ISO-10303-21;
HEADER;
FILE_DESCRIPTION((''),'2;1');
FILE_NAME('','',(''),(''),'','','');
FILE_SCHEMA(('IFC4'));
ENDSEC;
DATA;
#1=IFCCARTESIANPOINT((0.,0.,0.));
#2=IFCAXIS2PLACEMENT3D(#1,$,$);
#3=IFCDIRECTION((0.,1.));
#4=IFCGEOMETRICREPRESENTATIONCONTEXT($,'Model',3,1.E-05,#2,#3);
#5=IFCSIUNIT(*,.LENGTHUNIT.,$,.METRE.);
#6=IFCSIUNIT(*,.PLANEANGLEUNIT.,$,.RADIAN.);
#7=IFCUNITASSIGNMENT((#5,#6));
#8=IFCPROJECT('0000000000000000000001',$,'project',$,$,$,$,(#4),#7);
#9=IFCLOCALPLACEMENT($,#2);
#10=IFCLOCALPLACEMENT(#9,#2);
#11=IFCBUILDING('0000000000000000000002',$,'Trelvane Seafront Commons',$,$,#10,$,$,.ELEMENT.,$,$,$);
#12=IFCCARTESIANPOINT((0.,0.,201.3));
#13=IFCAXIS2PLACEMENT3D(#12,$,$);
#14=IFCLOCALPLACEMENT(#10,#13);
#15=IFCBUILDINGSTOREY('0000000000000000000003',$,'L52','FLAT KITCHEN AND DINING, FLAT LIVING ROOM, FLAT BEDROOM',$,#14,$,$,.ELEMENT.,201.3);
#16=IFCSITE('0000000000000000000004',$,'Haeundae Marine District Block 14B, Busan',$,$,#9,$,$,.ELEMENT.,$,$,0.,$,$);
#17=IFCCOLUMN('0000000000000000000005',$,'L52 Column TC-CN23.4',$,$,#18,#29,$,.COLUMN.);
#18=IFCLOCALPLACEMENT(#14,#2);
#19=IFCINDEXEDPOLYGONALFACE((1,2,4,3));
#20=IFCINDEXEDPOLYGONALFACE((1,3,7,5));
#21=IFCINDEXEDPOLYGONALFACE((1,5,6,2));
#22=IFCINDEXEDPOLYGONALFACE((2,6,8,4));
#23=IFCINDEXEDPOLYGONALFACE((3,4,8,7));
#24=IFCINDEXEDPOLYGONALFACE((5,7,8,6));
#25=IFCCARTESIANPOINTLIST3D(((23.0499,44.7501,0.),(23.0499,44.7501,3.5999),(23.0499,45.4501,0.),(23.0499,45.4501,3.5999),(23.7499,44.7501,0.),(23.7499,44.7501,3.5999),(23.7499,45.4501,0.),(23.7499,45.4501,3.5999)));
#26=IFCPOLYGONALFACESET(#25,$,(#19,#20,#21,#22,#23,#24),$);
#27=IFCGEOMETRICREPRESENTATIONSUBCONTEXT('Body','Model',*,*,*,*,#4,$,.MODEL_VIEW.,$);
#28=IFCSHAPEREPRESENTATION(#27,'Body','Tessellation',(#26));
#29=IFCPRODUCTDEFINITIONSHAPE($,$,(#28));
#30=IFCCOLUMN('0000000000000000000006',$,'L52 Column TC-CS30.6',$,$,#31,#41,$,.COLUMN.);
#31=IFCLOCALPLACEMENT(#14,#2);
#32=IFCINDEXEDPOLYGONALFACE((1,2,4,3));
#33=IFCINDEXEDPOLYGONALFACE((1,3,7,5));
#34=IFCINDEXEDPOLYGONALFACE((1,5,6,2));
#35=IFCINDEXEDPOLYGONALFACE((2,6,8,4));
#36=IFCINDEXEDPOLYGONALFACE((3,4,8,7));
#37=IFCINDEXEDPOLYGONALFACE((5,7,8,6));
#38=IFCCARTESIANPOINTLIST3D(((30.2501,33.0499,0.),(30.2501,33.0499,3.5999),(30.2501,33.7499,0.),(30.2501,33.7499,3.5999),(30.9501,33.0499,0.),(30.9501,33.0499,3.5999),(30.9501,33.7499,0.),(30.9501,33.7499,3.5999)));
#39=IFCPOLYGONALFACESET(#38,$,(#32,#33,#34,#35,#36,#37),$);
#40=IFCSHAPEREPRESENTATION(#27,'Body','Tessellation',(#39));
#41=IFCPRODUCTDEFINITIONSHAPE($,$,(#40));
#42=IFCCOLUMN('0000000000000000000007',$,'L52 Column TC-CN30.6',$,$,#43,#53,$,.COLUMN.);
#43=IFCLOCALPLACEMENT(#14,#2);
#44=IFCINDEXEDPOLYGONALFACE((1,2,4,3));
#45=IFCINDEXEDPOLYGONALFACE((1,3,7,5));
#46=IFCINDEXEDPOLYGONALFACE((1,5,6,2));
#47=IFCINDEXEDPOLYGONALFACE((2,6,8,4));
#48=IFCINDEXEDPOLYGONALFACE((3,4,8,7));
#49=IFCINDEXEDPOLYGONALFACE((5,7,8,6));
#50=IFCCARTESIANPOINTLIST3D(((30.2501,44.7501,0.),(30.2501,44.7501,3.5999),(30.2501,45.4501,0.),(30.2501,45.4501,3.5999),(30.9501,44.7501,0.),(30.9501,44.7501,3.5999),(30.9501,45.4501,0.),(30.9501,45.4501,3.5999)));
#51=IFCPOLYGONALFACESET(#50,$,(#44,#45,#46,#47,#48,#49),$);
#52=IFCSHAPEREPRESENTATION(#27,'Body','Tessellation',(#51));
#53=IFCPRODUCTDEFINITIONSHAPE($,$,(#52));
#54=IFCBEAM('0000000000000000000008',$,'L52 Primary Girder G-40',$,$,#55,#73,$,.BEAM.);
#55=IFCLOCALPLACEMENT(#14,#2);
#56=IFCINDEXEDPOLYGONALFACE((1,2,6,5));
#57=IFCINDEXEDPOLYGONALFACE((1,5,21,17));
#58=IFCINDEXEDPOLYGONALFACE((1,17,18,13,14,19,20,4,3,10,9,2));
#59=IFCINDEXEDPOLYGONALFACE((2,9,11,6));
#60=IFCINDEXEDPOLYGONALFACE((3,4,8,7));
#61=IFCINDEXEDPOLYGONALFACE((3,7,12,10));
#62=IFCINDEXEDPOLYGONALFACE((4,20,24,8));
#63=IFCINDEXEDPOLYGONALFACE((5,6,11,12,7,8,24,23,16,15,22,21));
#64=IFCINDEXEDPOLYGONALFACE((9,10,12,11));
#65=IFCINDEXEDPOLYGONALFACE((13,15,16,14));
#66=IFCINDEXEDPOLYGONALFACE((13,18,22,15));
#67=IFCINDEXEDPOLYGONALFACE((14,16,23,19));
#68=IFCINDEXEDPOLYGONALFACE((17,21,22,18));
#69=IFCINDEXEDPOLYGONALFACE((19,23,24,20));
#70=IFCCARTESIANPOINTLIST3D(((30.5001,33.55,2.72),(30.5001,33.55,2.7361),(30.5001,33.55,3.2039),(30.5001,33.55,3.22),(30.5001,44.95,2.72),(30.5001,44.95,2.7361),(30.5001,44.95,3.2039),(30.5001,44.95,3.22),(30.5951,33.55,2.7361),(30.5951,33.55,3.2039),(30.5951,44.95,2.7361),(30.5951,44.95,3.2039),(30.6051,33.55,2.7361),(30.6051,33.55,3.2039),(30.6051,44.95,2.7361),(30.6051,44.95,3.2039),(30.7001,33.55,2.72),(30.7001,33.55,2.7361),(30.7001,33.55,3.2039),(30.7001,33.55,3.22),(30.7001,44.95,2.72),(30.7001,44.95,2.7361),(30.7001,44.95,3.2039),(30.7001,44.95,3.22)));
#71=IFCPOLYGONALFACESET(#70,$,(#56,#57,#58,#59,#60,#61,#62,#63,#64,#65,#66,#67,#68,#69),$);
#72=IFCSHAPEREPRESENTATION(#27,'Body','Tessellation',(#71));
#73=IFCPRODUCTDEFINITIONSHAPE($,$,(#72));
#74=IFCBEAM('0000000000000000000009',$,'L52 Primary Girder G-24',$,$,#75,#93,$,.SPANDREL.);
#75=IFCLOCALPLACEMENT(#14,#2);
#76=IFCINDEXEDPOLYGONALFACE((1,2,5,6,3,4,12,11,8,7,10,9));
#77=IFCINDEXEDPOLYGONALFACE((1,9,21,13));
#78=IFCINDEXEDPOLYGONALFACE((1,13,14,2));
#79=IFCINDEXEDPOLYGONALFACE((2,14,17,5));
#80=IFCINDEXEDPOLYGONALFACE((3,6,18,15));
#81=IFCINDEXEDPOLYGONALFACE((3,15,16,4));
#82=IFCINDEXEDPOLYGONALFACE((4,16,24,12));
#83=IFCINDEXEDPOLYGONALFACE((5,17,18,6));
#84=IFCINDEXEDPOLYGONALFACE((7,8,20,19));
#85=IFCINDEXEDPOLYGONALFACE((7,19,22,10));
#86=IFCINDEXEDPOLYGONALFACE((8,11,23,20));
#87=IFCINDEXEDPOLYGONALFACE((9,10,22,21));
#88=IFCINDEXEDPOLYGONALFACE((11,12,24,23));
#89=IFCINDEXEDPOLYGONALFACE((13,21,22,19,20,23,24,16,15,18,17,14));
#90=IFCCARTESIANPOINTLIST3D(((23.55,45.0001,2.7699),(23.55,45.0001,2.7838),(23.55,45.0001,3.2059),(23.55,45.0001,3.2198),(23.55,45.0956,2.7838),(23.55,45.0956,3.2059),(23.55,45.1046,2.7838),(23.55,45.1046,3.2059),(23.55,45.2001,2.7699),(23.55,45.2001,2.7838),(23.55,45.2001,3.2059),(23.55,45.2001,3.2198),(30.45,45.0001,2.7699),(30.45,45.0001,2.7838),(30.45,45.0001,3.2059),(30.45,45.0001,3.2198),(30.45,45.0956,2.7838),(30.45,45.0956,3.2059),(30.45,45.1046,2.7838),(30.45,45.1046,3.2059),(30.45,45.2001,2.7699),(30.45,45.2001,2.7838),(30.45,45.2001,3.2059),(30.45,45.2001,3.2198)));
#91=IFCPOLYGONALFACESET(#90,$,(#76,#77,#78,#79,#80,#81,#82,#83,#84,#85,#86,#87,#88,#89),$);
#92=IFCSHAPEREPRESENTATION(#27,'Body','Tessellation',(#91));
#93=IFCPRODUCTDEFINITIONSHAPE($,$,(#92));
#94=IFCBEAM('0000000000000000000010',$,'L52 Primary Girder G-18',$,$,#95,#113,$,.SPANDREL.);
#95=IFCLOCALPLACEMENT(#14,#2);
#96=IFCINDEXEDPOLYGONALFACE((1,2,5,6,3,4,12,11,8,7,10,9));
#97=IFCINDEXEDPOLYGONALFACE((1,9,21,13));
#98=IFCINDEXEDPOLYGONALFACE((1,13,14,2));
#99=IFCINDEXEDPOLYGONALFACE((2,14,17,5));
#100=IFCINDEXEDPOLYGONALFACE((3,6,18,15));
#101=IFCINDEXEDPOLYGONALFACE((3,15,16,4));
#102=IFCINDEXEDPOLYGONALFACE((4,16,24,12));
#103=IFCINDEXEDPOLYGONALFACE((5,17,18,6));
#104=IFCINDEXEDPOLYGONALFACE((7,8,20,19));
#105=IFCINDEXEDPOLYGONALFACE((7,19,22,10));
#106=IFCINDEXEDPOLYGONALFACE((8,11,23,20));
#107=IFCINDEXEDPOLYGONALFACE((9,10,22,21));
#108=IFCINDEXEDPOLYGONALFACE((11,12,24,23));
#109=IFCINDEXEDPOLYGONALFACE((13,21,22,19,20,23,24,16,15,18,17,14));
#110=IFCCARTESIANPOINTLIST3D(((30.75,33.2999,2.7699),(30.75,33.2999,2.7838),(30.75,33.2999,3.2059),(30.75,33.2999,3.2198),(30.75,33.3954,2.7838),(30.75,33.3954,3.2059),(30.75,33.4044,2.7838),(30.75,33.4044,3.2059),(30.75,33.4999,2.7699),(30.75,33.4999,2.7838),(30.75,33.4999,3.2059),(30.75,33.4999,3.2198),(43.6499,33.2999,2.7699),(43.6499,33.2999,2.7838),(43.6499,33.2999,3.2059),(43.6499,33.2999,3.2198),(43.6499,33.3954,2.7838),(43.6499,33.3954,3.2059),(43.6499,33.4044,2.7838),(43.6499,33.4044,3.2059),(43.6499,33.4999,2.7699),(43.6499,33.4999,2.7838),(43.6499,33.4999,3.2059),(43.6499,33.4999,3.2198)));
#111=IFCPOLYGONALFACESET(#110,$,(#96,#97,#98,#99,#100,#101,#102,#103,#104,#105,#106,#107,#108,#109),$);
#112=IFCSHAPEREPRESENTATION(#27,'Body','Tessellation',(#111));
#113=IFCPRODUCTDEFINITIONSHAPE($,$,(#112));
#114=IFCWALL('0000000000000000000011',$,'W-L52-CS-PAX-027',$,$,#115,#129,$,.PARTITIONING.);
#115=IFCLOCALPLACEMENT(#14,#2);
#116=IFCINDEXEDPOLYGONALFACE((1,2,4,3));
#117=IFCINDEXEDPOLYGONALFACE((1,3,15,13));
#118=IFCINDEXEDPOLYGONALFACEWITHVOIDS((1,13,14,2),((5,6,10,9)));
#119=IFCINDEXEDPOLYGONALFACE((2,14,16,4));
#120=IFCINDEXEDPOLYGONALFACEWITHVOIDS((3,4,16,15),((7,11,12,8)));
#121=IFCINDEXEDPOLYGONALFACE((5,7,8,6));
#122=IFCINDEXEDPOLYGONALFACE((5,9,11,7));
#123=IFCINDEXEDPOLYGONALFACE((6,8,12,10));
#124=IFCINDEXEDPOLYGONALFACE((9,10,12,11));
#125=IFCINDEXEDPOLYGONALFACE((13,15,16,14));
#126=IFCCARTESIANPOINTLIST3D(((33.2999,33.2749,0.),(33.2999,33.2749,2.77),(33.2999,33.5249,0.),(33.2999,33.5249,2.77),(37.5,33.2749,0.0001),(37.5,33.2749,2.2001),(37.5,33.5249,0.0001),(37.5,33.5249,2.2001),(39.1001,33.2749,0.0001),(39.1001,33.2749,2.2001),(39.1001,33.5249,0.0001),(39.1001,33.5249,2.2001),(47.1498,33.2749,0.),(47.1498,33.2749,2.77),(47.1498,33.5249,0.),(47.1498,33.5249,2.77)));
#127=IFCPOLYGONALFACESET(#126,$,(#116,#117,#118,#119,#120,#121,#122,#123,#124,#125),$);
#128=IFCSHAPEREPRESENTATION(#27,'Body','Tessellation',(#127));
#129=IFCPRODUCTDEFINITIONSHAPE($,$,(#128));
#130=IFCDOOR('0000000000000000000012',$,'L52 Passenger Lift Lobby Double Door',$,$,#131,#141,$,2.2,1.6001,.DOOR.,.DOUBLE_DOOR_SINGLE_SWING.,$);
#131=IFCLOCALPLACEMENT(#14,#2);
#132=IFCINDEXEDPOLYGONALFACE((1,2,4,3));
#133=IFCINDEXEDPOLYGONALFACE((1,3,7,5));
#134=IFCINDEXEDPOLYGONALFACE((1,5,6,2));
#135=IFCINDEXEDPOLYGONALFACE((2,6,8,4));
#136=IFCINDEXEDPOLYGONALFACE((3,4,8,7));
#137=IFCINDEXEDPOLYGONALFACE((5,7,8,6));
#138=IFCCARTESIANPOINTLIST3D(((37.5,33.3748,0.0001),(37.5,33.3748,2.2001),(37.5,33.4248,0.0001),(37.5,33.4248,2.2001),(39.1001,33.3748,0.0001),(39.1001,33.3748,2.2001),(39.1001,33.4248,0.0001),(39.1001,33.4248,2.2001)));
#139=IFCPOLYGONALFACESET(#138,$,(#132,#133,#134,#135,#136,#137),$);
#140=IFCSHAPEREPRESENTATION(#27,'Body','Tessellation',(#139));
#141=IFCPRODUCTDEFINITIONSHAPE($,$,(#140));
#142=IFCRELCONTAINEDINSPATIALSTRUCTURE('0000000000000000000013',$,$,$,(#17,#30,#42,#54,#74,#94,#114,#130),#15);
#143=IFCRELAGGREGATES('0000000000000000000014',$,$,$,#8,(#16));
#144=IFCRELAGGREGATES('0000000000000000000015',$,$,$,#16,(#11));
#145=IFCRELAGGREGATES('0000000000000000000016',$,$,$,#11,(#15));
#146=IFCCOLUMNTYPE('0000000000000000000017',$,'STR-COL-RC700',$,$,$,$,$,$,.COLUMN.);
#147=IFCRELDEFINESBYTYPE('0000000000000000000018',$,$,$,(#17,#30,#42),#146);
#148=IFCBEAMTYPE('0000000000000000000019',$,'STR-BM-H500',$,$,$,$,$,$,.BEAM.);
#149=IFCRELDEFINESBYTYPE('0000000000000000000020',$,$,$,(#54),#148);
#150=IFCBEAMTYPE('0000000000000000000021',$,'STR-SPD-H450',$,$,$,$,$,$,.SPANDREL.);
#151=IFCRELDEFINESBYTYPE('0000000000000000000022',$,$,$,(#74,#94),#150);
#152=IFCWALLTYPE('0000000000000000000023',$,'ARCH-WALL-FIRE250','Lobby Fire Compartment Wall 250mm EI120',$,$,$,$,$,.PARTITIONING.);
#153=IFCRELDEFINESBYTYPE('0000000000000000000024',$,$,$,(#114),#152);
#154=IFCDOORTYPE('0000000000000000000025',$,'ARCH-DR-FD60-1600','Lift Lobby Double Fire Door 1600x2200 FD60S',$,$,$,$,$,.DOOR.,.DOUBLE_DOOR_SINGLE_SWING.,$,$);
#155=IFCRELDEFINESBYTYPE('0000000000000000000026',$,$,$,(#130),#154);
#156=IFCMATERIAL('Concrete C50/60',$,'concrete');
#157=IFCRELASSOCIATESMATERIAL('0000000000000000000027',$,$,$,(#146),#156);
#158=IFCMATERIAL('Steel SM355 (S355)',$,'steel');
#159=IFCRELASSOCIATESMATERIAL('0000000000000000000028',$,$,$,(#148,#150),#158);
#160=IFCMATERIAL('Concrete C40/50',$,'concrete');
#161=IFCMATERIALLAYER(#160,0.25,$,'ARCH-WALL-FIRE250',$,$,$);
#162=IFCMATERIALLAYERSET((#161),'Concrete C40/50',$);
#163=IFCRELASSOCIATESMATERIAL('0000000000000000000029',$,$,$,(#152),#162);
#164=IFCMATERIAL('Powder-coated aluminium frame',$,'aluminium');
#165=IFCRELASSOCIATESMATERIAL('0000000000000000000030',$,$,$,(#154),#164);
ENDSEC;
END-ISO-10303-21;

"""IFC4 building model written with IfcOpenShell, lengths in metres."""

from ifc_helpers import new_model, si_unit, direction, frame, frame_2d, origin, origin_2d, place, context, subcontext, project, spatial, rectangle, i_section, extrude, source, transform, mapped, material, layer, layer_set, material_profile, profile_set, type_object, element, fill, save


model = new_model("IFC4")

# Units and contexts
model_context = context("Model", 3, precision=1e-05, world=origin(), true_north=direction((0.0, 1.0)))
body_context = subcontext(model_context, "Body", "Model", "MODEL_VIEW")
ifc_project = project(units=[si_unit("LENGTHUNIT", "METRE"), si_unit("PLANEANGLEUNIT", "RADIAN")], contexts=[model_context])

# Site, building, storey
site_placement = place(None, origin())
site = spatial("IfcSite", under=ifc_project, at=site_placement, Name="Haeundae Marine District Block 14B, Busan", CompositionType="ELEMENT", RefElevation=0.0)
building_placement = place(site_placement, origin())
building = spatial("IfcBuilding", under=site, at=building_placement, Name="Trelvane Seafront Commons", CompositionType="ELEMENT")
storey_placement = place(building_placement, frame((0.0, 0.0, 201.3)))
storey = spatial("IfcBuildingStorey", under=building, at=storey_placement, Name="L52", Description="FLAT KITCHEN AND DINING, FLAT LIVING ROOM, FLAT BEDROOM", CompositionType="ELEMENT", Elevation=201.3)

# Columns
ifc_material_1 = material(Name="Concrete C50/60", Category="concrete")
ifc_material_profile_1 = material_profile(ifc_material_1, rectangle(XDim=0.7, YDim=0.7, at=origin_2d()), Name="RC-700x700")
ifc_profile_set_1 = profile_set([ifc_material_profile_1], Name="Concrete C50/60")
column_type = type_object("IfcColumnType", Name="STR-COL-RC700", PredefinedType="COLUMN", material=ifc_profile_set_1)
shared_shape_1 = source(origin(), body_context, "Body", "SweptSolid", [
    extrude(rectangle(XDim=0.7, YDim=0.7, at=origin_2d()), origin(), (0.0, 0.0, 1.0), 3.5999),
])
for number, where, z_axis, x_axis, name in (
    (1, (23.3999, 45.1001, 0.0), (0.0, 0.0, 1.0), (1.0, 0.0, 0.0), "L52 Column TC-CN23.4"),
    (2, (30.6001, 33.3999, 0.0), (0.0, 0.0, 1.0), (1.0, 0.0, 0.0), "L52 Column TC-CS30.6"),
    (3, (30.6001, 45.1001, 0.0), (0.0, 0.0, 1.0), (1.0, 0.0, 0.0), "L52 Column TC-CN30.6"),
):
    element("IfcColumn", number, at=place(storey_placement, frame(where, z_axis=z_axis, x_axis=x_axis)), inside=storey, type_object=column_type, Name=name, PredefinedType="COLUMN", context=body_context, shape_type="MappedRepresentation", body=[
        mapped(shared_shape_1, transform((0.0, 0.0, 0.0), x_axis=(1.0, 0.0, 0.0), y_axis=(0.0, 1.0, 0.0), z_axis=(0.0, 0.0, 1.0), scale=1.0)),
    ])

# Beams
ifc_material_2 = material(Name="Steel SM355 (S355)", Category="steel")
ifc_material_profile_2 = material_profile(ifc_material_2, i_section(OverallWidth=0.2, OverallDepth=0.5, WebThickness=0.01, FlangeThickness=0.0161, at=origin_2d()), Name="H-500x200x10x16")
ifc_profile_set_2 = profile_set([ifc_material_profile_2], Name="Steel SM355 (S355)")
beam_type_1 = type_object("IfcBeamType", Name="STR-BM-H500", PredefinedType="BEAM", material=ifc_profile_set_2)
shared_shape_2 = source(origin(), body_context, "Body", "SweptSolid", [
    extrude(i_section(OverallWidth=0.2, OverallDepth=0.5, WebThickness=0.01, FlangeThickness=0.0161, at=origin_2d()), origin(), (0.0, 0.0, 1.0), 11.3999),
])
beam_1_placement = place(storey_placement, frame((30.6001, 33.55, 2.97), z_axis=(0.0, 1.0, 0.0), x_axis=(-1.0, 0.0, 0.0)))
element("IfcBeam", 4, at=beam_1_placement, inside=storey, type_object=beam_type_1, Name="L52 Primary Girder G-40", PredefinedType="BEAM", context=body_context, shape_type="MappedRepresentation", body=[
    mapped(shared_shape_2, transform((0.0, 0.0, 0.0), x_axis=(1.0, 0.0, 0.0), y_axis=(0.0, 1.0, 0.0), z_axis=(0.0, 0.0, 1.0), scale=1.0)),
])
ifc_material_profile_3 = material_profile(ifc_material_2, i_section(OverallWidth=0.2, OverallDepth=0.45, WebThickness=0.009, FlangeThickness=0.0139, at=origin_2d()), Name="H-450x200x9x14")
ifc_profile_set_3 = profile_set([ifc_material_profile_3], Name="Steel SM355 (S355)")
beam_type_2 = type_object("IfcBeamType", Name="STR-SPD-H450", PredefinedType="SPANDREL", material=ifc_profile_set_3)
shared_shape_3 = source(origin(), body_context, "Body", "SweptSolid", [
    extrude(i_section(OverallWidth=0.2, OverallDepth=0.45, WebThickness=0.009, FlangeThickness=0.0139, at=origin_2d()), origin(), (0.0, 0.0, 1.0), 6.8999),
])
beam_2_placement = place(storey_placement, frame((23.55, 45.1001, 2.9949), z_axis=(1.0, 0.0, 0.0), x_axis=(0.0, 1.0, 0.0)))
element("IfcBeam", 5, at=beam_2_placement, inside=storey, type_object=beam_type_2, Name="L52 Primary Girder G-24", PredefinedType="SPANDREL", context=body_context, shape_type="MappedRepresentation", body=[
    mapped(shared_shape_3, transform((0.0, 0.0, 0.0), x_axis=(1.0, 0.0, 0.0), y_axis=(0.0, 1.0, 0.0), z_axis=(0.0, 0.0, 1.0), scale=1.0)),
])
shared_shape_4 = source(origin(), body_context, "Body", "SweptSolid", [
    extrude(i_section(OverallWidth=0.2, OverallDepth=0.45, WebThickness=0.009, FlangeThickness=0.0139, at=origin_2d()), origin(), (0.0, 0.0, 1.0), 12.8999),
])
beam_3_placement = place(storey_placement, frame((30.75, 33.3999, 2.9949), z_axis=(1.0, 0.0, 0.0), x_axis=(0.0, 1.0, 0.0)))
element("IfcBeam", 6, at=beam_3_placement, inside=storey, type_object=beam_type_2, Name="L52 Primary Girder G-18", PredefinedType="SPANDREL", context=body_context, shape_type="MappedRepresentation", body=[
    mapped(shared_shape_4, transform((0.0, 0.0, 0.0), x_axis=(1.0, 0.0, 0.0), y_axis=(0.0, 1.0, 0.0), z_axis=(0.0, 0.0, 1.0), scale=1.0)),
])

# Wall, opening, door
ifc_material_3 = material(Name="Concrete C40/50", Category="concrete")
ifc_layer_1 = layer(ifc_material_3, 0.25, Name="ARCH-WALL-FIRE250")
ifc_layer_set_1 = layer_set([ifc_layer_1], Name="Concrete C40/50")
wall_type_1 = type_object("IfcWallType", Name="ARCH-WALL-FIRE250", Description="Lobby Fire Compartment Wall 250mm EI120", PredefinedType="PARTITIONING", material=ifc_layer_set_1)
wall_1_placement = place(storey_placement, frame((33.3, 33.3999, 0.0), z_axis=(0.0, 0.0, 1.0), x_axis=(1.0, 0.0, 0.0)))
wall_1 = element("IfcWall", 7, at=wall_1_placement, inside=storey, type_object=wall_type_1, Name="W-L52-CS-PAX-027", PredefinedType="PARTITIONING", context=body_context, shape_type="SweptSolid", body=[
    extrude(rectangle(XDim=13.8499, YDim=0.25, at=frame_2d((6.9248, 0.0))), origin(), (0.0, 0.0, 1.0), 2.77),
])
opening_1_placement = place(wall_1_placement, frame((4.2, 0.0, 0.0)))
opening_1 = element("IfcOpeningElement", 8, at=opening_1_placement, cuts=wall_1, PredefinedType="OPENING", context=body_context, shape_type="SweptSolid", body=[
    extrude(rectangle(XDim=1.6001, YDim=2.2, at=frame_2d((0.8, 1.1001))), frame((0.0, 0.135, 0.0), z_axis=(0.0, -1.0, 0.0), x_axis=(1.0, 0.0, 0.0)), (0.0, 0.0, 1.0), 0.27),
])
ifc_material_4 = material(Name="Powder-coated aluminium frame", Category="aluminium")
door_type_1 = type_object("IfcDoorType", Name="ARCH-DR-FD60-1600", Description="Lift Lobby Double Fire Door 1600x2200 FD60S", OperationType="DOUBLE_DOOR_SINGLE_SWING", PredefinedType="DOOR", material=ifc_material_4)
shared_shape_5 = source(origin(), body_context, "Body", "SweptSolid", [
    extrude(rectangle(XDim=1.6001, YDim=2.2, at=frame_2d((0.8, 1.1001))), frame((0.0, 0.0249, 0.0), z_axis=(0.0, -1.0, 0.0), x_axis=(1.0, 0.0, 0.0)), (0.0, 0.0, 1.0), 0.05),
])
door_1_placement = place(opening_1_placement, origin())
door_1 = element("IfcDoor", 9, at=door_1_placement, inside=storey, type_object=door_type_1, Name="L52 Passenger Lift Lobby Double Door", OperationType="DOUBLE_DOOR_SINGLE_SWING", OverallHeight=2.2, OverallWidth=1.6001, PredefinedType="DOOR", context=body_context, shape_type="MappedRepresentation", body=[
    mapped(shared_shape_5, transform((0.0, 0.0, 0.0), x_axis=(1.0, 0.0, 0.0), y_axis=(0.0, 1.0, 0.0), z_axis=(0.0, 0.0, 1.0), scale=1.0)),
])
fill(opening_1, door_1)

save(model, "model.ifc")
